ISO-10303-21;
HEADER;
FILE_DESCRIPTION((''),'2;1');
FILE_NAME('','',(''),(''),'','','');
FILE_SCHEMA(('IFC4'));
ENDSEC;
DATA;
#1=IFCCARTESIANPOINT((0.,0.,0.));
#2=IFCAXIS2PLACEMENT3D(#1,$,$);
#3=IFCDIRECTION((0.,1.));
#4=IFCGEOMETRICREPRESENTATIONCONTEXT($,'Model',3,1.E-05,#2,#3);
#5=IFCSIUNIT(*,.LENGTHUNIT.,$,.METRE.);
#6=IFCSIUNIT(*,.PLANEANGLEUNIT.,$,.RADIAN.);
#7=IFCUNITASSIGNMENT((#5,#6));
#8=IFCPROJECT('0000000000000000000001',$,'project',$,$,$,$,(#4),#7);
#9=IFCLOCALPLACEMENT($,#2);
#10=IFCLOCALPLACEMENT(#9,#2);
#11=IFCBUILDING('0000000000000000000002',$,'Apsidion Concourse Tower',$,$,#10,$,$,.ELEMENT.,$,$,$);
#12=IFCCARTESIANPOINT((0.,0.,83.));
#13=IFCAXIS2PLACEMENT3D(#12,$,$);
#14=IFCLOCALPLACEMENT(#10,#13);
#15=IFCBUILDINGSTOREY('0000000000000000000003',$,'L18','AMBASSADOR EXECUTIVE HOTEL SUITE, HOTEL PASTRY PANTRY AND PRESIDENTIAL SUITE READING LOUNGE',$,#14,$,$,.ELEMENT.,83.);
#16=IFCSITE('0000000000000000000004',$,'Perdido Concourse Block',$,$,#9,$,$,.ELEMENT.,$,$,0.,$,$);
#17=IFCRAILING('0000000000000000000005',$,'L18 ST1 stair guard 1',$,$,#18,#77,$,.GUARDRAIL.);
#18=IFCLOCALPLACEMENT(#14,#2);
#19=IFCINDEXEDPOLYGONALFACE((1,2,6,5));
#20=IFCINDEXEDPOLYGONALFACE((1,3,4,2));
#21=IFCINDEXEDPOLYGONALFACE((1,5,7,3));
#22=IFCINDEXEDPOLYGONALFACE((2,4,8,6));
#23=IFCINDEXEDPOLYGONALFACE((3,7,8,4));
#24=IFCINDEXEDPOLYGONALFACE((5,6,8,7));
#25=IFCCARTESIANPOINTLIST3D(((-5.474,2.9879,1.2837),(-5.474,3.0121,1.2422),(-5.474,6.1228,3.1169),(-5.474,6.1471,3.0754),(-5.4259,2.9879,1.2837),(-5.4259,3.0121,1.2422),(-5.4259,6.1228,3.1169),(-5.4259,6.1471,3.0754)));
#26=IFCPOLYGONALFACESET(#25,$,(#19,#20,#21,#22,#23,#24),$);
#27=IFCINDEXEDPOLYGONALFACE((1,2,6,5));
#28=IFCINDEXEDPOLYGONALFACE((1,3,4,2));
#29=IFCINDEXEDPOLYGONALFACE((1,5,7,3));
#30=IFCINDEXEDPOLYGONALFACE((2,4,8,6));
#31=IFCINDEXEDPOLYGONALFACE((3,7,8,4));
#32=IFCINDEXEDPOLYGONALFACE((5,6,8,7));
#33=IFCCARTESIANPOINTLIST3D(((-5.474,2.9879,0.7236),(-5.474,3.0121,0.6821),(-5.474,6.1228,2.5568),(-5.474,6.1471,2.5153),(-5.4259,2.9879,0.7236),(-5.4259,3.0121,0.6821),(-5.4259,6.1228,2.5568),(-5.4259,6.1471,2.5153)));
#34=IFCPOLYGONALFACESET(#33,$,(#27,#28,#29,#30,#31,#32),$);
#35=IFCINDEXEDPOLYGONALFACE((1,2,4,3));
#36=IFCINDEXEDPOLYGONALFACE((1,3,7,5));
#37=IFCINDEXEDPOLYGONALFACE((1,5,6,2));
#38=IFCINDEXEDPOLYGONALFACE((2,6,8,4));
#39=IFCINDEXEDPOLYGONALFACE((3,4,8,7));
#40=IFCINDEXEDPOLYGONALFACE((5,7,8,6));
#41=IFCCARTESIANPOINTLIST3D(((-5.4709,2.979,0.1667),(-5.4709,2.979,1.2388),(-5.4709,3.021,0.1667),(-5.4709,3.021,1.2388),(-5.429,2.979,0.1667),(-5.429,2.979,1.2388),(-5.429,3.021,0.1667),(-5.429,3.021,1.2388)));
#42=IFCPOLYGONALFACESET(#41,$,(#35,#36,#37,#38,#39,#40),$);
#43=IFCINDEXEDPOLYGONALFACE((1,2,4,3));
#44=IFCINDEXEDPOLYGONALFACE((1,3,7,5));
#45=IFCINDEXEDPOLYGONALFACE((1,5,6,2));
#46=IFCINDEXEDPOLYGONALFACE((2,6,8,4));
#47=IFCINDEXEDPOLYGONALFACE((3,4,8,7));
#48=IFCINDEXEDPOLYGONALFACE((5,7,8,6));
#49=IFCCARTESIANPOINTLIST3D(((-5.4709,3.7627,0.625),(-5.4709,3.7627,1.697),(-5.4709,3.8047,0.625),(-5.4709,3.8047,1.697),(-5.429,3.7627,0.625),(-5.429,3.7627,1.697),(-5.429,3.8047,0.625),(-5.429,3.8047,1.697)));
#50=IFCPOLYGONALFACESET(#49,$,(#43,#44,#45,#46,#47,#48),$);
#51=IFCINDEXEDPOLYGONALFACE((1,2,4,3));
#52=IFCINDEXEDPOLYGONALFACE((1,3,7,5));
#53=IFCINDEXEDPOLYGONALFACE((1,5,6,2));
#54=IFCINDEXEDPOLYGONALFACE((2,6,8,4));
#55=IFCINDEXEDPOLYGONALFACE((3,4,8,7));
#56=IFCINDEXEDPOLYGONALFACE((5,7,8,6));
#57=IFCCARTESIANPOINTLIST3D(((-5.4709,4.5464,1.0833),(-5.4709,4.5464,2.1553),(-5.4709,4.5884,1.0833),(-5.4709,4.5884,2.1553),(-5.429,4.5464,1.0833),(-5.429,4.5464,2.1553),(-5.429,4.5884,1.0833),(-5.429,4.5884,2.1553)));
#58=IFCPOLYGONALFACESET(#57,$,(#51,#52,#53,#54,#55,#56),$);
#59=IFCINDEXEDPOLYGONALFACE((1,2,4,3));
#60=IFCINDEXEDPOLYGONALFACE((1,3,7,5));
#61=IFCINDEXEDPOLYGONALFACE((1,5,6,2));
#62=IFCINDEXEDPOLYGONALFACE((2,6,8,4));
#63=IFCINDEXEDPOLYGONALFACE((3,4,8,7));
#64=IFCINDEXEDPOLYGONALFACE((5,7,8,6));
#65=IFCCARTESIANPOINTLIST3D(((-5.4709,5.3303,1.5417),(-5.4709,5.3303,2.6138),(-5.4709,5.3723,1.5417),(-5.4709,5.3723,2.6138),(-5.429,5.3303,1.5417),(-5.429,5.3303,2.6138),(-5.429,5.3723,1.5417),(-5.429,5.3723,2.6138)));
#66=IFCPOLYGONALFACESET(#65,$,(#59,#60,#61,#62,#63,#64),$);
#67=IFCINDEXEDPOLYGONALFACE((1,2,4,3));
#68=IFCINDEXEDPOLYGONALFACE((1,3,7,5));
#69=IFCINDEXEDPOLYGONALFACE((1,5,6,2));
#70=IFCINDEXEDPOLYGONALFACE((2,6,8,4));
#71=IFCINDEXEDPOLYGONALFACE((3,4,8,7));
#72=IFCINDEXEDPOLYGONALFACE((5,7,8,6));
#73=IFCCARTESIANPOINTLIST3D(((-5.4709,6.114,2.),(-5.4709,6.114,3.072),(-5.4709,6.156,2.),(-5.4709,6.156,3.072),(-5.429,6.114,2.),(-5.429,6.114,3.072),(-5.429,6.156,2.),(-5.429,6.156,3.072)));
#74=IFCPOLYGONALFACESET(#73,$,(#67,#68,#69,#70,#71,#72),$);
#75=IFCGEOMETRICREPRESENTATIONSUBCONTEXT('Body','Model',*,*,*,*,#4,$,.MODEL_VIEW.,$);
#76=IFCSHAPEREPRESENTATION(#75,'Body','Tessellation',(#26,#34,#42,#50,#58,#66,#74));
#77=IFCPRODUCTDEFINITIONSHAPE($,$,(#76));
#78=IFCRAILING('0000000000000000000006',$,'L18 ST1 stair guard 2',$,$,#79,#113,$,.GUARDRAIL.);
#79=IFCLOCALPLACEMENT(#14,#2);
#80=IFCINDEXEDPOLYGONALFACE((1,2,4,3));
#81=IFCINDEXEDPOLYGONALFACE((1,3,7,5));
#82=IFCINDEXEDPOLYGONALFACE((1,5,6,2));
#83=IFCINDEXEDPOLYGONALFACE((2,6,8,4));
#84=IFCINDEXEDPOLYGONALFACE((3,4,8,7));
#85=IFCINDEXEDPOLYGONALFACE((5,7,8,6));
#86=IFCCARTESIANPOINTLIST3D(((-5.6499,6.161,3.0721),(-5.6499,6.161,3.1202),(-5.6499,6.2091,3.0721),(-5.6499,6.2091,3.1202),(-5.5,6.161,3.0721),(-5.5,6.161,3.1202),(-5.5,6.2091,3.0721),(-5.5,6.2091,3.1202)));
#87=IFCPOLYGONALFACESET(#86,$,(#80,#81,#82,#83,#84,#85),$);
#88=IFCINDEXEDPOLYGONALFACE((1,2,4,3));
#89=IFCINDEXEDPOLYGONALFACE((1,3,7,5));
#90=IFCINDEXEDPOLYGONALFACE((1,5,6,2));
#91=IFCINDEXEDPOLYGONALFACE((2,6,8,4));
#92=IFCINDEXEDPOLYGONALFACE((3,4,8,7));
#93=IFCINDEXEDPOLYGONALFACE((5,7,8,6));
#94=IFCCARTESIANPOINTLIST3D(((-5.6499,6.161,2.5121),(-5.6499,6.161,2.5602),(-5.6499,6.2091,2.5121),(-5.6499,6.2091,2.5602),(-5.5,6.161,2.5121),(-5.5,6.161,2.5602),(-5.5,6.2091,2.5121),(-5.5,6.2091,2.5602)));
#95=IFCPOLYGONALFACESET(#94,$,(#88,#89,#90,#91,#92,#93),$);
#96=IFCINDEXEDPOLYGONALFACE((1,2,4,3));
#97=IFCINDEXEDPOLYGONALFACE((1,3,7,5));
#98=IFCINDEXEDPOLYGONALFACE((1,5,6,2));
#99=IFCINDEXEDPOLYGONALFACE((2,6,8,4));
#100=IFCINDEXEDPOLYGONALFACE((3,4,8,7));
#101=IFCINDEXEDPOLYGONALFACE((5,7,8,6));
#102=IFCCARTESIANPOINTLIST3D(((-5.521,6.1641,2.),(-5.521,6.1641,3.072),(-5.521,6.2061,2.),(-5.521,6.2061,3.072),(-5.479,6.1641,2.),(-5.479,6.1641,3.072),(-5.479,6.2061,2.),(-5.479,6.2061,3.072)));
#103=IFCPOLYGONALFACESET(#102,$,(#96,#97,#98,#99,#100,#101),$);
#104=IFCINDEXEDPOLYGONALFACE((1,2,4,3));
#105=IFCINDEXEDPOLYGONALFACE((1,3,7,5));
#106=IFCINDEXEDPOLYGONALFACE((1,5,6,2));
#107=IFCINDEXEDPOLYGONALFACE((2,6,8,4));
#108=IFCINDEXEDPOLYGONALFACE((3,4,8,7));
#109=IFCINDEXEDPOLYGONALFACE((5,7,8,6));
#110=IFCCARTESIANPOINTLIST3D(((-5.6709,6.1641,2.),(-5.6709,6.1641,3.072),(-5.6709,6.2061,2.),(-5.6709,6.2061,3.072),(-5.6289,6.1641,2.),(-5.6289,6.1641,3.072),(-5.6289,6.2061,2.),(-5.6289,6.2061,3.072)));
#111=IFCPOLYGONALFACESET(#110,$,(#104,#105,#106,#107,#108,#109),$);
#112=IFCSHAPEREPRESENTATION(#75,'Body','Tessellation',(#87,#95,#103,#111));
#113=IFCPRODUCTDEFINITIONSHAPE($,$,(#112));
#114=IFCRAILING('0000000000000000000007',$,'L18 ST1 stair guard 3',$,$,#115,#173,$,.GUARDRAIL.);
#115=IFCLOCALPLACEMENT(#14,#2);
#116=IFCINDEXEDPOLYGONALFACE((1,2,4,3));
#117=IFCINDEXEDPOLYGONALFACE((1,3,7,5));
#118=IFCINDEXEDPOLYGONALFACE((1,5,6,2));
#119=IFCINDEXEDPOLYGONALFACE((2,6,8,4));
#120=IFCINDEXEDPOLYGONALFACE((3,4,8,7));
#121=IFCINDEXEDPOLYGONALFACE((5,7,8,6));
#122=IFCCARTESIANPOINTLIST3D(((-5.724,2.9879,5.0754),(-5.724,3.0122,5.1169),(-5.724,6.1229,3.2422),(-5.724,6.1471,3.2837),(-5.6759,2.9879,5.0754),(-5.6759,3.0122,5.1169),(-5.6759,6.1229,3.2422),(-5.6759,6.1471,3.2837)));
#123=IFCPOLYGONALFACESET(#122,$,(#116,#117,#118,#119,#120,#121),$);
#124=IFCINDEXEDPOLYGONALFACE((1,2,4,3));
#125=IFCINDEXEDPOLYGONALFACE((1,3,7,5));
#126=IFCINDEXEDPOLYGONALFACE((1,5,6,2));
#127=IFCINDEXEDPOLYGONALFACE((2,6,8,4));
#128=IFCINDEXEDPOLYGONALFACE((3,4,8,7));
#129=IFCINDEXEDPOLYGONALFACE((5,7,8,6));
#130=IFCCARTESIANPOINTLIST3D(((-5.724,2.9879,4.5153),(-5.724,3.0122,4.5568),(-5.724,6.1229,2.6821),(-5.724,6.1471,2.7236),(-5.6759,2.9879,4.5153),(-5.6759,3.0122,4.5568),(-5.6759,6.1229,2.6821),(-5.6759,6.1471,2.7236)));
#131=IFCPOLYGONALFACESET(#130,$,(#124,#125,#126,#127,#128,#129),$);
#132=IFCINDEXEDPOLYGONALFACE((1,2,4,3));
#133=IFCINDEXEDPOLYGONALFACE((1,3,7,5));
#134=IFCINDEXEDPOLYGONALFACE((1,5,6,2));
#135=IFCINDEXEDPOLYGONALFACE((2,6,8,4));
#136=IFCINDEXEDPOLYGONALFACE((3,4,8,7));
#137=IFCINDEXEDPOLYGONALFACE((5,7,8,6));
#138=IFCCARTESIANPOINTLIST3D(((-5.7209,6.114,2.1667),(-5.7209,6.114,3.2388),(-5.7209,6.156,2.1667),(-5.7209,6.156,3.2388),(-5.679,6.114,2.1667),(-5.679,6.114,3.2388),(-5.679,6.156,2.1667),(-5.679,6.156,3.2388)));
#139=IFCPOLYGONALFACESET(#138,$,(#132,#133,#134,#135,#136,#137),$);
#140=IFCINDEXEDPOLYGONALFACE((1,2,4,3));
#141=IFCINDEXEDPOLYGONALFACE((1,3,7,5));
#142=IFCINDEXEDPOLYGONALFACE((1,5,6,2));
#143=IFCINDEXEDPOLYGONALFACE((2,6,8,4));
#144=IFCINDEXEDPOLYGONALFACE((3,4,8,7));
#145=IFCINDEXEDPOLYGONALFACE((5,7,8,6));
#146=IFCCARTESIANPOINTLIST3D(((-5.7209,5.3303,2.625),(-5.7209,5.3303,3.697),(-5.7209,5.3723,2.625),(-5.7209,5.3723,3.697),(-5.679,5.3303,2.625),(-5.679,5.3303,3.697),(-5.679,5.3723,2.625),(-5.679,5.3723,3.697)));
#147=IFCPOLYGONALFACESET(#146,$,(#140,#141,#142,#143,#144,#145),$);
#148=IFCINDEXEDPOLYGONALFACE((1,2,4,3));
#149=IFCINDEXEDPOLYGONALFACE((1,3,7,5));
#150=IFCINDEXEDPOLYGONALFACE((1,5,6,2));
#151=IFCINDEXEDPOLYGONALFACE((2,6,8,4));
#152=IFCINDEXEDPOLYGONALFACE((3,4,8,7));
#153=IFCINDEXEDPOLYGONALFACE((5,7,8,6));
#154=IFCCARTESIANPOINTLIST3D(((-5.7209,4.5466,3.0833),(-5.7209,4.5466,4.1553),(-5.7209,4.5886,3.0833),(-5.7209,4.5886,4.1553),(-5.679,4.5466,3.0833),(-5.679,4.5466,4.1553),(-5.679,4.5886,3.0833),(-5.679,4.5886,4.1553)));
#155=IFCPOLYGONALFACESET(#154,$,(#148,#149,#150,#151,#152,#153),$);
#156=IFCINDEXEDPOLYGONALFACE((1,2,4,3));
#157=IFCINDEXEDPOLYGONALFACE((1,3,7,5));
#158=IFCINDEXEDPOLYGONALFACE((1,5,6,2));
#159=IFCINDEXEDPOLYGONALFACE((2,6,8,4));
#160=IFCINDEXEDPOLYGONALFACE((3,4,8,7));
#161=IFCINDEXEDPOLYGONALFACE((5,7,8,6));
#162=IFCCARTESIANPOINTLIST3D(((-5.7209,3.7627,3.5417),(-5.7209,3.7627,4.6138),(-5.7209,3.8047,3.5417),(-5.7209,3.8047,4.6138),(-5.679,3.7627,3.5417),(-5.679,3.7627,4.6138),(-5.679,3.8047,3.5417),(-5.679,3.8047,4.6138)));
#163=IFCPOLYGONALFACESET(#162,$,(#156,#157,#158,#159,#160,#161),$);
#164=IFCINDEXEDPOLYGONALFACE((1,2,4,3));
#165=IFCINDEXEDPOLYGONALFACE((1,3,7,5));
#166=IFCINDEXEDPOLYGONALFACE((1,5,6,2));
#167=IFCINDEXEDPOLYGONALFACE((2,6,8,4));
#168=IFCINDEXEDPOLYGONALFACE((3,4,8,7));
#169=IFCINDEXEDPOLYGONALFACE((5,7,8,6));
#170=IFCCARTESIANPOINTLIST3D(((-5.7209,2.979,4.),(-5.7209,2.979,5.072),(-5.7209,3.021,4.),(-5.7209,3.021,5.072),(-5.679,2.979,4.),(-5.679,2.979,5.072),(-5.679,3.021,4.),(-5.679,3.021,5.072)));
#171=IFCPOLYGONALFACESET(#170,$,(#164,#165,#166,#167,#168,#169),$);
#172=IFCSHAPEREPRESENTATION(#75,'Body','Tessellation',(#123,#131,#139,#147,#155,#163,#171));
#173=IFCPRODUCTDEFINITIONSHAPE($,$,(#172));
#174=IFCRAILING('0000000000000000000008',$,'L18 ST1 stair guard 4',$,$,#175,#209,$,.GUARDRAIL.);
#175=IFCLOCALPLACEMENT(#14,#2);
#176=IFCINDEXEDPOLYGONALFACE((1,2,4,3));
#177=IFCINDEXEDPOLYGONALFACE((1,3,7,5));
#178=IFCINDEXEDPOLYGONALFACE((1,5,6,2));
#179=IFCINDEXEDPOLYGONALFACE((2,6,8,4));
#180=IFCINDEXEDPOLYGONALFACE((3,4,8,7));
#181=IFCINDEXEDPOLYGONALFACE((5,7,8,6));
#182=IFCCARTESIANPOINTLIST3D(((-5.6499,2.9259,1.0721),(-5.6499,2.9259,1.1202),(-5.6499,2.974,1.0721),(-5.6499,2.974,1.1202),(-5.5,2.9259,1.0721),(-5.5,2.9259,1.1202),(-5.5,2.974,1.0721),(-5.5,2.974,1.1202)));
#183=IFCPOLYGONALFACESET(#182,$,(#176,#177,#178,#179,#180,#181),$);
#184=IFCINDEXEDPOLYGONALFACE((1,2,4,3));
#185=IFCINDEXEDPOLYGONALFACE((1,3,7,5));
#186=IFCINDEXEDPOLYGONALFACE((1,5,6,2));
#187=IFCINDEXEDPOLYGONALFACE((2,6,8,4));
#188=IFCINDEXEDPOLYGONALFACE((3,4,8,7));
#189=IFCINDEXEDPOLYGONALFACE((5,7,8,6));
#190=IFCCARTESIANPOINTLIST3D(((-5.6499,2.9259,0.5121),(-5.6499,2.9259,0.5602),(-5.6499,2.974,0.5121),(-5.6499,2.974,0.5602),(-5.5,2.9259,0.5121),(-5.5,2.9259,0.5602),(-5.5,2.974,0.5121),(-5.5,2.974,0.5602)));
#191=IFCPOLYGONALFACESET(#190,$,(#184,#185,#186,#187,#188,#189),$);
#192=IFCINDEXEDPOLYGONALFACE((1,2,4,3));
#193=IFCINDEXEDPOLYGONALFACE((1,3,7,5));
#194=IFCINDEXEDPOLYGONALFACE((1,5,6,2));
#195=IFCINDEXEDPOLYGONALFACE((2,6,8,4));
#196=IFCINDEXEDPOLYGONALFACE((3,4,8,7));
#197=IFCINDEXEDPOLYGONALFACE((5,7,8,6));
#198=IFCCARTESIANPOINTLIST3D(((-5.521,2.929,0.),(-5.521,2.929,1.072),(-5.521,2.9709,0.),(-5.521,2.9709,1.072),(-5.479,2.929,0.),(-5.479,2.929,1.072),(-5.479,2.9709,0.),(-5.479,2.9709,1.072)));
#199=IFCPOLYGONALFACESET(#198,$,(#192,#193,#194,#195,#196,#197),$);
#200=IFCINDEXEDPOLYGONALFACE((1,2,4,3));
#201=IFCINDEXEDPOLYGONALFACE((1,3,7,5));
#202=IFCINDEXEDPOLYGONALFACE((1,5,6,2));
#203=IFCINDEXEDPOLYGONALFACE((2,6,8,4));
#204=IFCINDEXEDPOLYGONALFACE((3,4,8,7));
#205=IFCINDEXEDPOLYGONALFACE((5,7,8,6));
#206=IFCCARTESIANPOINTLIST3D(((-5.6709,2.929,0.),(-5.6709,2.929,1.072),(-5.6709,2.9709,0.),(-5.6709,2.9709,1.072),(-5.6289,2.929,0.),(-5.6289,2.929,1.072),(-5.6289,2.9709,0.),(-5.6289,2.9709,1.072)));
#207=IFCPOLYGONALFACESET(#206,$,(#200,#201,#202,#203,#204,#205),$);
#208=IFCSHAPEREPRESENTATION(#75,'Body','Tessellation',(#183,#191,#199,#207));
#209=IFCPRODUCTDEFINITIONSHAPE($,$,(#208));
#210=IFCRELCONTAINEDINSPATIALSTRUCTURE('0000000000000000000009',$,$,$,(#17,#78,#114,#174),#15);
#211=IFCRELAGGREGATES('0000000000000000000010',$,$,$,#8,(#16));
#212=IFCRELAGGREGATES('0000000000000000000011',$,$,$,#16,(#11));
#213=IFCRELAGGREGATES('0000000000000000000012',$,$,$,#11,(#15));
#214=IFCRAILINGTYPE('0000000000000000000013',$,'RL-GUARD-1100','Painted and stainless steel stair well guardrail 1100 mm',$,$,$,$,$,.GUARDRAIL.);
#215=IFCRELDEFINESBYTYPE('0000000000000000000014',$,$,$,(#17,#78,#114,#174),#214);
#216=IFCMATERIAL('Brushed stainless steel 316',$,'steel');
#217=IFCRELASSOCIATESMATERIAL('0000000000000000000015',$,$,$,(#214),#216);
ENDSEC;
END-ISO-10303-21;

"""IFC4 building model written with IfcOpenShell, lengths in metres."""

from ifc_helpers import new_model, si_unit, direction, frame, origin, origin_2d, place, context, subcontext, project, spatial, rectangle, extrude, material, type_object, element, save


model = new_model("IFC4")

# Units and contexts
model_context = context("Model", 3, precision=1e-05, world=origin(), true_north=direction((0.0, 1.0)))
body_context = subcontext(model_context, "Body", "Model", "MODEL_VIEW")
ifc_project = project(units=[si_unit("LENGTHUNIT", "METRE"), si_unit("PLANEANGLEUNIT", "RADIAN")], contexts=[model_context])

# Site, building, storey
site_placement = place(None, origin())
site = spatial("IfcSite", under=ifc_project, at=site_placement, Name="Perdido Concourse Block", CompositionType="ELEMENT", RefElevation=0.0)
building_placement = place(site_placement, origin())
building = spatial("IfcBuilding", under=site, at=building_placement, Name="Apsidion Concourse Tower", CompositionType="ELEMENT")
storey_placement = place(building_placement, frame((0.0, 0.0, 83.0)))
storey = spatial("IfcBuildingStorey", under=building, at=storey_placement, Name="L18", Description="AMBASSADOR EXECUTIVE HOTEL SUITE, HOTEL PASTRY PANTRY AND PRESIDENTIAL SUITE READING LOUNGE", CompositionType="ELEMENT", Elevation=83.0)

# Railings
ifc_material_1 = material(Name="Brushed stainless steel 316", Category="steel")
railing_type_1 = type_object("IfcRailingType", Name="RL-GUARD-1100", Description="Painted and stainless steel stair well guardrail 1100 mm", PredefinedType="GUARDRAIL", material=ifc_material_1)
railing_1_placement = place(storey_placement, frame((-5.45, 3.0, 0.1667)))
element("IfcRailing", 1, at=railing_1_placement, inside=storey, type_object=railing_type_1, Name="L18 ST1 stair guard 1", PredefinedType="GUARDRAIL", context=body_context, shape_type="SweptSolid", body=[
    extrude(rectangle(XDim=0.0481, YDim=0.0481, at=origin_2d()), frame((0.0, 0.0, 1.0962), z_axis=(0.0, 0.86324, 0.504794), x_axis=(-1.0, 0.0, 0.0)), (0.0, 0.0, 1.0), 3.6316),
    extrude(rectangle(XDim=0.0481, YDim=0.0481, at=origin_2d()), frame((0.0, 0.0, 0.5361), z_axis=(0.0, 0.86324, 0.504794), x_axis=(-1.0, 0.0, 0.0)), (0.0, 0.0, 1.0), 3.6316),
    extrude(rectangle(XDim=0.042, YDim=0.042, at=origin_2d()), origin(), (0.0, 0.0, 1.0), 1.072),
    extrude(rectangle(XDim=0.042, YDim=0.042, at=origin_2d()), frame((0.0, 0.7837, 0.4583)), (0.0, 0.0, 1.0), 1.072),
    extrude(rectangle(XDim=0.042, YDim=0.042, at=origin_2d()), frame((0.0, 1.5674, 0.9165)), (0.0, 0.0, 1.0), 1.072),
    extrude(rectangle(XDim=0.042, YDim=0.042, at=origin_2d()), frame((0.0, 2.3513, 1.375)), (0.0, 0.0, 1.0), 1.072),
    extrude(rectangle(XDim=0.042, YDim=0.042, at=origin_2d()), frame((0.0, 3.135, 1.8333)), (0.0, 0.0, 1.0), 1.072),
])
railing_2_placement = place(storey_placement, frame((-5.5, 6.1851, 2.0)))
element("IfcRailing", 2, at=railing_2_placement, inside=storey, type_object=railing_type_1, Name="L18 ST1 stair guard 2", PredefinedType="GUARDRAIL", context=body_context, shape_type="SweptSolid", body=[
    extrude(rectangle(XDim=0.0481, YDim=0.0481, at=origin_2d()), frame((0.0, 0.0, 1.0962), z_axis=(-1.0, 0.0, 0.0), x_axis=(0.0, -1.0, 0.0)), (0.0, 0.0, 1.0), 0.1499),
    extrude(rectangle(XDim=0.0481, YDim=0.0481, at=origin_2d()), frame((0.0, 0.0, 0.5361), z_axis=(-1.0, 0.0, 0.0), x_axis=(0.0, -1.0, 0.0)), (0.0, 0.0, 1.0), 0.1499),
    extrude(rectangle(XDim=0.042, YDim=0.042, at=origin_2d()), origin(), (0.0, 0.0, 1.0), 1.072),
    extrude(rectangle(XDim=0.042, YDim=0.042, at=origin_2d()), frame((-0.1499, 0.0, 0.0)), (0.0, 0.0, 1.0), 1.072),
])
railing_3_placement = place(storey_placement, frame((-5.7, 6.135, 2.1667)))
element("IfcRailing", 3, at=railing_3_placement, inside=storey, type_object=railing_type_1, Name="L18 ST1 stair guard 3", PredefinedType="GUARDRAIL", context=body_context, shape_type="SweptSolid", body=[
    extrude(rectangle(XDim=0.0481, YDim=0.0481, at=origin_2d()), frame((0.0, 0.0, 1.0962), z_axis=(0.0, -0.86324, 0.504794), x_axis=(1.0, 0.0, 0.0)), (0.0, 0.0, 1.0), 3.6316),
    extrude(rectangle(XDim=0.0481, YDim=0.0481, at=origin_2d()), frame((0.0, 0.0, 0.5361), z_axis=(0.0, -0.86324, 0.504794), x_axis=(1.0, 0.0, 0.0)), (0.0, 0.0, 1.0), 3.6316),
    extrude(rectangle(XDim=0.042, YDim=0.042, at=origin_2d()), origin(), (0.0, 0.0, 1.0), 1.072),
    extrude(rectangle(XDim=0.042, YDim=0.042, at=origin_2d()), frame((0.0, -0.7837, 0.4583)), (0.0, 0.0, 1.0), 1.072),
    extrude(rectangle(XDim=0.042, YDim=0.042, at=origin_2d()), frame((0.0, -1.5674, 0.9165)), (0.0, 0.0, 1.0), 1.072),
    extrude(rectangle(XDim=0.042, YDim=0.042, at=origin_2d()), frame((0.0, -2.3513, 1.375)), (0.0, 0.0, 1.0), 1.072),
    extrude(rectangle(XDim=0.042, YDim=0.042, at=origin_2d()), frame((0.0, -3.135, 1.8333)), (0.0, 0.0, 1.0), 1.072),
])
railing_4_placement = place(storey_placement, frame((-5.5, 2.95, 0.0)))
element("IfcRailing", 4, at=railing_4_placement, inside=storey, type_object=railing_type_1, Name="L18 ST1 stair guard 4", PredefinedType="GUARDRAIL", context=body_context, shape_type="SweptSolid", body=[
    extrude(rectangle(XDim=0.0481, YDim=0.0481, at=origin_2d()), frame((0.0, 0.0, 1.0962), z_axis=(-1.0, 0.0, 0.0), x_axis=(0.0, -1.0, 0.0)), (0.0, 0.0, 1.0), 0.1499),
    extrude(rectangle(XDim=0.0481, YDim=0.0481, at=origin_2d()), frame((0.0, 0.0, 0.5361), z_axis=(-1.0, 0.0, 0.0), x_axis=(0.0, -1.0, 0.0)), (0.0, 0.0, 1.0), 0.1499),
    extrude(rectangle(XDim=0.042, YDim=0.042, at=origin_2d()), origin(), (0.0, 0.0, 1.0), 1.072),
    extrude(rectangle(XDim=0.042, YDim=0.042, at=origin_2d()), frame((-0.1499, 0.0, 0.0)), (0.0, 0.0, 1.0), 1.072),
])

save(model, "model.ifc")
